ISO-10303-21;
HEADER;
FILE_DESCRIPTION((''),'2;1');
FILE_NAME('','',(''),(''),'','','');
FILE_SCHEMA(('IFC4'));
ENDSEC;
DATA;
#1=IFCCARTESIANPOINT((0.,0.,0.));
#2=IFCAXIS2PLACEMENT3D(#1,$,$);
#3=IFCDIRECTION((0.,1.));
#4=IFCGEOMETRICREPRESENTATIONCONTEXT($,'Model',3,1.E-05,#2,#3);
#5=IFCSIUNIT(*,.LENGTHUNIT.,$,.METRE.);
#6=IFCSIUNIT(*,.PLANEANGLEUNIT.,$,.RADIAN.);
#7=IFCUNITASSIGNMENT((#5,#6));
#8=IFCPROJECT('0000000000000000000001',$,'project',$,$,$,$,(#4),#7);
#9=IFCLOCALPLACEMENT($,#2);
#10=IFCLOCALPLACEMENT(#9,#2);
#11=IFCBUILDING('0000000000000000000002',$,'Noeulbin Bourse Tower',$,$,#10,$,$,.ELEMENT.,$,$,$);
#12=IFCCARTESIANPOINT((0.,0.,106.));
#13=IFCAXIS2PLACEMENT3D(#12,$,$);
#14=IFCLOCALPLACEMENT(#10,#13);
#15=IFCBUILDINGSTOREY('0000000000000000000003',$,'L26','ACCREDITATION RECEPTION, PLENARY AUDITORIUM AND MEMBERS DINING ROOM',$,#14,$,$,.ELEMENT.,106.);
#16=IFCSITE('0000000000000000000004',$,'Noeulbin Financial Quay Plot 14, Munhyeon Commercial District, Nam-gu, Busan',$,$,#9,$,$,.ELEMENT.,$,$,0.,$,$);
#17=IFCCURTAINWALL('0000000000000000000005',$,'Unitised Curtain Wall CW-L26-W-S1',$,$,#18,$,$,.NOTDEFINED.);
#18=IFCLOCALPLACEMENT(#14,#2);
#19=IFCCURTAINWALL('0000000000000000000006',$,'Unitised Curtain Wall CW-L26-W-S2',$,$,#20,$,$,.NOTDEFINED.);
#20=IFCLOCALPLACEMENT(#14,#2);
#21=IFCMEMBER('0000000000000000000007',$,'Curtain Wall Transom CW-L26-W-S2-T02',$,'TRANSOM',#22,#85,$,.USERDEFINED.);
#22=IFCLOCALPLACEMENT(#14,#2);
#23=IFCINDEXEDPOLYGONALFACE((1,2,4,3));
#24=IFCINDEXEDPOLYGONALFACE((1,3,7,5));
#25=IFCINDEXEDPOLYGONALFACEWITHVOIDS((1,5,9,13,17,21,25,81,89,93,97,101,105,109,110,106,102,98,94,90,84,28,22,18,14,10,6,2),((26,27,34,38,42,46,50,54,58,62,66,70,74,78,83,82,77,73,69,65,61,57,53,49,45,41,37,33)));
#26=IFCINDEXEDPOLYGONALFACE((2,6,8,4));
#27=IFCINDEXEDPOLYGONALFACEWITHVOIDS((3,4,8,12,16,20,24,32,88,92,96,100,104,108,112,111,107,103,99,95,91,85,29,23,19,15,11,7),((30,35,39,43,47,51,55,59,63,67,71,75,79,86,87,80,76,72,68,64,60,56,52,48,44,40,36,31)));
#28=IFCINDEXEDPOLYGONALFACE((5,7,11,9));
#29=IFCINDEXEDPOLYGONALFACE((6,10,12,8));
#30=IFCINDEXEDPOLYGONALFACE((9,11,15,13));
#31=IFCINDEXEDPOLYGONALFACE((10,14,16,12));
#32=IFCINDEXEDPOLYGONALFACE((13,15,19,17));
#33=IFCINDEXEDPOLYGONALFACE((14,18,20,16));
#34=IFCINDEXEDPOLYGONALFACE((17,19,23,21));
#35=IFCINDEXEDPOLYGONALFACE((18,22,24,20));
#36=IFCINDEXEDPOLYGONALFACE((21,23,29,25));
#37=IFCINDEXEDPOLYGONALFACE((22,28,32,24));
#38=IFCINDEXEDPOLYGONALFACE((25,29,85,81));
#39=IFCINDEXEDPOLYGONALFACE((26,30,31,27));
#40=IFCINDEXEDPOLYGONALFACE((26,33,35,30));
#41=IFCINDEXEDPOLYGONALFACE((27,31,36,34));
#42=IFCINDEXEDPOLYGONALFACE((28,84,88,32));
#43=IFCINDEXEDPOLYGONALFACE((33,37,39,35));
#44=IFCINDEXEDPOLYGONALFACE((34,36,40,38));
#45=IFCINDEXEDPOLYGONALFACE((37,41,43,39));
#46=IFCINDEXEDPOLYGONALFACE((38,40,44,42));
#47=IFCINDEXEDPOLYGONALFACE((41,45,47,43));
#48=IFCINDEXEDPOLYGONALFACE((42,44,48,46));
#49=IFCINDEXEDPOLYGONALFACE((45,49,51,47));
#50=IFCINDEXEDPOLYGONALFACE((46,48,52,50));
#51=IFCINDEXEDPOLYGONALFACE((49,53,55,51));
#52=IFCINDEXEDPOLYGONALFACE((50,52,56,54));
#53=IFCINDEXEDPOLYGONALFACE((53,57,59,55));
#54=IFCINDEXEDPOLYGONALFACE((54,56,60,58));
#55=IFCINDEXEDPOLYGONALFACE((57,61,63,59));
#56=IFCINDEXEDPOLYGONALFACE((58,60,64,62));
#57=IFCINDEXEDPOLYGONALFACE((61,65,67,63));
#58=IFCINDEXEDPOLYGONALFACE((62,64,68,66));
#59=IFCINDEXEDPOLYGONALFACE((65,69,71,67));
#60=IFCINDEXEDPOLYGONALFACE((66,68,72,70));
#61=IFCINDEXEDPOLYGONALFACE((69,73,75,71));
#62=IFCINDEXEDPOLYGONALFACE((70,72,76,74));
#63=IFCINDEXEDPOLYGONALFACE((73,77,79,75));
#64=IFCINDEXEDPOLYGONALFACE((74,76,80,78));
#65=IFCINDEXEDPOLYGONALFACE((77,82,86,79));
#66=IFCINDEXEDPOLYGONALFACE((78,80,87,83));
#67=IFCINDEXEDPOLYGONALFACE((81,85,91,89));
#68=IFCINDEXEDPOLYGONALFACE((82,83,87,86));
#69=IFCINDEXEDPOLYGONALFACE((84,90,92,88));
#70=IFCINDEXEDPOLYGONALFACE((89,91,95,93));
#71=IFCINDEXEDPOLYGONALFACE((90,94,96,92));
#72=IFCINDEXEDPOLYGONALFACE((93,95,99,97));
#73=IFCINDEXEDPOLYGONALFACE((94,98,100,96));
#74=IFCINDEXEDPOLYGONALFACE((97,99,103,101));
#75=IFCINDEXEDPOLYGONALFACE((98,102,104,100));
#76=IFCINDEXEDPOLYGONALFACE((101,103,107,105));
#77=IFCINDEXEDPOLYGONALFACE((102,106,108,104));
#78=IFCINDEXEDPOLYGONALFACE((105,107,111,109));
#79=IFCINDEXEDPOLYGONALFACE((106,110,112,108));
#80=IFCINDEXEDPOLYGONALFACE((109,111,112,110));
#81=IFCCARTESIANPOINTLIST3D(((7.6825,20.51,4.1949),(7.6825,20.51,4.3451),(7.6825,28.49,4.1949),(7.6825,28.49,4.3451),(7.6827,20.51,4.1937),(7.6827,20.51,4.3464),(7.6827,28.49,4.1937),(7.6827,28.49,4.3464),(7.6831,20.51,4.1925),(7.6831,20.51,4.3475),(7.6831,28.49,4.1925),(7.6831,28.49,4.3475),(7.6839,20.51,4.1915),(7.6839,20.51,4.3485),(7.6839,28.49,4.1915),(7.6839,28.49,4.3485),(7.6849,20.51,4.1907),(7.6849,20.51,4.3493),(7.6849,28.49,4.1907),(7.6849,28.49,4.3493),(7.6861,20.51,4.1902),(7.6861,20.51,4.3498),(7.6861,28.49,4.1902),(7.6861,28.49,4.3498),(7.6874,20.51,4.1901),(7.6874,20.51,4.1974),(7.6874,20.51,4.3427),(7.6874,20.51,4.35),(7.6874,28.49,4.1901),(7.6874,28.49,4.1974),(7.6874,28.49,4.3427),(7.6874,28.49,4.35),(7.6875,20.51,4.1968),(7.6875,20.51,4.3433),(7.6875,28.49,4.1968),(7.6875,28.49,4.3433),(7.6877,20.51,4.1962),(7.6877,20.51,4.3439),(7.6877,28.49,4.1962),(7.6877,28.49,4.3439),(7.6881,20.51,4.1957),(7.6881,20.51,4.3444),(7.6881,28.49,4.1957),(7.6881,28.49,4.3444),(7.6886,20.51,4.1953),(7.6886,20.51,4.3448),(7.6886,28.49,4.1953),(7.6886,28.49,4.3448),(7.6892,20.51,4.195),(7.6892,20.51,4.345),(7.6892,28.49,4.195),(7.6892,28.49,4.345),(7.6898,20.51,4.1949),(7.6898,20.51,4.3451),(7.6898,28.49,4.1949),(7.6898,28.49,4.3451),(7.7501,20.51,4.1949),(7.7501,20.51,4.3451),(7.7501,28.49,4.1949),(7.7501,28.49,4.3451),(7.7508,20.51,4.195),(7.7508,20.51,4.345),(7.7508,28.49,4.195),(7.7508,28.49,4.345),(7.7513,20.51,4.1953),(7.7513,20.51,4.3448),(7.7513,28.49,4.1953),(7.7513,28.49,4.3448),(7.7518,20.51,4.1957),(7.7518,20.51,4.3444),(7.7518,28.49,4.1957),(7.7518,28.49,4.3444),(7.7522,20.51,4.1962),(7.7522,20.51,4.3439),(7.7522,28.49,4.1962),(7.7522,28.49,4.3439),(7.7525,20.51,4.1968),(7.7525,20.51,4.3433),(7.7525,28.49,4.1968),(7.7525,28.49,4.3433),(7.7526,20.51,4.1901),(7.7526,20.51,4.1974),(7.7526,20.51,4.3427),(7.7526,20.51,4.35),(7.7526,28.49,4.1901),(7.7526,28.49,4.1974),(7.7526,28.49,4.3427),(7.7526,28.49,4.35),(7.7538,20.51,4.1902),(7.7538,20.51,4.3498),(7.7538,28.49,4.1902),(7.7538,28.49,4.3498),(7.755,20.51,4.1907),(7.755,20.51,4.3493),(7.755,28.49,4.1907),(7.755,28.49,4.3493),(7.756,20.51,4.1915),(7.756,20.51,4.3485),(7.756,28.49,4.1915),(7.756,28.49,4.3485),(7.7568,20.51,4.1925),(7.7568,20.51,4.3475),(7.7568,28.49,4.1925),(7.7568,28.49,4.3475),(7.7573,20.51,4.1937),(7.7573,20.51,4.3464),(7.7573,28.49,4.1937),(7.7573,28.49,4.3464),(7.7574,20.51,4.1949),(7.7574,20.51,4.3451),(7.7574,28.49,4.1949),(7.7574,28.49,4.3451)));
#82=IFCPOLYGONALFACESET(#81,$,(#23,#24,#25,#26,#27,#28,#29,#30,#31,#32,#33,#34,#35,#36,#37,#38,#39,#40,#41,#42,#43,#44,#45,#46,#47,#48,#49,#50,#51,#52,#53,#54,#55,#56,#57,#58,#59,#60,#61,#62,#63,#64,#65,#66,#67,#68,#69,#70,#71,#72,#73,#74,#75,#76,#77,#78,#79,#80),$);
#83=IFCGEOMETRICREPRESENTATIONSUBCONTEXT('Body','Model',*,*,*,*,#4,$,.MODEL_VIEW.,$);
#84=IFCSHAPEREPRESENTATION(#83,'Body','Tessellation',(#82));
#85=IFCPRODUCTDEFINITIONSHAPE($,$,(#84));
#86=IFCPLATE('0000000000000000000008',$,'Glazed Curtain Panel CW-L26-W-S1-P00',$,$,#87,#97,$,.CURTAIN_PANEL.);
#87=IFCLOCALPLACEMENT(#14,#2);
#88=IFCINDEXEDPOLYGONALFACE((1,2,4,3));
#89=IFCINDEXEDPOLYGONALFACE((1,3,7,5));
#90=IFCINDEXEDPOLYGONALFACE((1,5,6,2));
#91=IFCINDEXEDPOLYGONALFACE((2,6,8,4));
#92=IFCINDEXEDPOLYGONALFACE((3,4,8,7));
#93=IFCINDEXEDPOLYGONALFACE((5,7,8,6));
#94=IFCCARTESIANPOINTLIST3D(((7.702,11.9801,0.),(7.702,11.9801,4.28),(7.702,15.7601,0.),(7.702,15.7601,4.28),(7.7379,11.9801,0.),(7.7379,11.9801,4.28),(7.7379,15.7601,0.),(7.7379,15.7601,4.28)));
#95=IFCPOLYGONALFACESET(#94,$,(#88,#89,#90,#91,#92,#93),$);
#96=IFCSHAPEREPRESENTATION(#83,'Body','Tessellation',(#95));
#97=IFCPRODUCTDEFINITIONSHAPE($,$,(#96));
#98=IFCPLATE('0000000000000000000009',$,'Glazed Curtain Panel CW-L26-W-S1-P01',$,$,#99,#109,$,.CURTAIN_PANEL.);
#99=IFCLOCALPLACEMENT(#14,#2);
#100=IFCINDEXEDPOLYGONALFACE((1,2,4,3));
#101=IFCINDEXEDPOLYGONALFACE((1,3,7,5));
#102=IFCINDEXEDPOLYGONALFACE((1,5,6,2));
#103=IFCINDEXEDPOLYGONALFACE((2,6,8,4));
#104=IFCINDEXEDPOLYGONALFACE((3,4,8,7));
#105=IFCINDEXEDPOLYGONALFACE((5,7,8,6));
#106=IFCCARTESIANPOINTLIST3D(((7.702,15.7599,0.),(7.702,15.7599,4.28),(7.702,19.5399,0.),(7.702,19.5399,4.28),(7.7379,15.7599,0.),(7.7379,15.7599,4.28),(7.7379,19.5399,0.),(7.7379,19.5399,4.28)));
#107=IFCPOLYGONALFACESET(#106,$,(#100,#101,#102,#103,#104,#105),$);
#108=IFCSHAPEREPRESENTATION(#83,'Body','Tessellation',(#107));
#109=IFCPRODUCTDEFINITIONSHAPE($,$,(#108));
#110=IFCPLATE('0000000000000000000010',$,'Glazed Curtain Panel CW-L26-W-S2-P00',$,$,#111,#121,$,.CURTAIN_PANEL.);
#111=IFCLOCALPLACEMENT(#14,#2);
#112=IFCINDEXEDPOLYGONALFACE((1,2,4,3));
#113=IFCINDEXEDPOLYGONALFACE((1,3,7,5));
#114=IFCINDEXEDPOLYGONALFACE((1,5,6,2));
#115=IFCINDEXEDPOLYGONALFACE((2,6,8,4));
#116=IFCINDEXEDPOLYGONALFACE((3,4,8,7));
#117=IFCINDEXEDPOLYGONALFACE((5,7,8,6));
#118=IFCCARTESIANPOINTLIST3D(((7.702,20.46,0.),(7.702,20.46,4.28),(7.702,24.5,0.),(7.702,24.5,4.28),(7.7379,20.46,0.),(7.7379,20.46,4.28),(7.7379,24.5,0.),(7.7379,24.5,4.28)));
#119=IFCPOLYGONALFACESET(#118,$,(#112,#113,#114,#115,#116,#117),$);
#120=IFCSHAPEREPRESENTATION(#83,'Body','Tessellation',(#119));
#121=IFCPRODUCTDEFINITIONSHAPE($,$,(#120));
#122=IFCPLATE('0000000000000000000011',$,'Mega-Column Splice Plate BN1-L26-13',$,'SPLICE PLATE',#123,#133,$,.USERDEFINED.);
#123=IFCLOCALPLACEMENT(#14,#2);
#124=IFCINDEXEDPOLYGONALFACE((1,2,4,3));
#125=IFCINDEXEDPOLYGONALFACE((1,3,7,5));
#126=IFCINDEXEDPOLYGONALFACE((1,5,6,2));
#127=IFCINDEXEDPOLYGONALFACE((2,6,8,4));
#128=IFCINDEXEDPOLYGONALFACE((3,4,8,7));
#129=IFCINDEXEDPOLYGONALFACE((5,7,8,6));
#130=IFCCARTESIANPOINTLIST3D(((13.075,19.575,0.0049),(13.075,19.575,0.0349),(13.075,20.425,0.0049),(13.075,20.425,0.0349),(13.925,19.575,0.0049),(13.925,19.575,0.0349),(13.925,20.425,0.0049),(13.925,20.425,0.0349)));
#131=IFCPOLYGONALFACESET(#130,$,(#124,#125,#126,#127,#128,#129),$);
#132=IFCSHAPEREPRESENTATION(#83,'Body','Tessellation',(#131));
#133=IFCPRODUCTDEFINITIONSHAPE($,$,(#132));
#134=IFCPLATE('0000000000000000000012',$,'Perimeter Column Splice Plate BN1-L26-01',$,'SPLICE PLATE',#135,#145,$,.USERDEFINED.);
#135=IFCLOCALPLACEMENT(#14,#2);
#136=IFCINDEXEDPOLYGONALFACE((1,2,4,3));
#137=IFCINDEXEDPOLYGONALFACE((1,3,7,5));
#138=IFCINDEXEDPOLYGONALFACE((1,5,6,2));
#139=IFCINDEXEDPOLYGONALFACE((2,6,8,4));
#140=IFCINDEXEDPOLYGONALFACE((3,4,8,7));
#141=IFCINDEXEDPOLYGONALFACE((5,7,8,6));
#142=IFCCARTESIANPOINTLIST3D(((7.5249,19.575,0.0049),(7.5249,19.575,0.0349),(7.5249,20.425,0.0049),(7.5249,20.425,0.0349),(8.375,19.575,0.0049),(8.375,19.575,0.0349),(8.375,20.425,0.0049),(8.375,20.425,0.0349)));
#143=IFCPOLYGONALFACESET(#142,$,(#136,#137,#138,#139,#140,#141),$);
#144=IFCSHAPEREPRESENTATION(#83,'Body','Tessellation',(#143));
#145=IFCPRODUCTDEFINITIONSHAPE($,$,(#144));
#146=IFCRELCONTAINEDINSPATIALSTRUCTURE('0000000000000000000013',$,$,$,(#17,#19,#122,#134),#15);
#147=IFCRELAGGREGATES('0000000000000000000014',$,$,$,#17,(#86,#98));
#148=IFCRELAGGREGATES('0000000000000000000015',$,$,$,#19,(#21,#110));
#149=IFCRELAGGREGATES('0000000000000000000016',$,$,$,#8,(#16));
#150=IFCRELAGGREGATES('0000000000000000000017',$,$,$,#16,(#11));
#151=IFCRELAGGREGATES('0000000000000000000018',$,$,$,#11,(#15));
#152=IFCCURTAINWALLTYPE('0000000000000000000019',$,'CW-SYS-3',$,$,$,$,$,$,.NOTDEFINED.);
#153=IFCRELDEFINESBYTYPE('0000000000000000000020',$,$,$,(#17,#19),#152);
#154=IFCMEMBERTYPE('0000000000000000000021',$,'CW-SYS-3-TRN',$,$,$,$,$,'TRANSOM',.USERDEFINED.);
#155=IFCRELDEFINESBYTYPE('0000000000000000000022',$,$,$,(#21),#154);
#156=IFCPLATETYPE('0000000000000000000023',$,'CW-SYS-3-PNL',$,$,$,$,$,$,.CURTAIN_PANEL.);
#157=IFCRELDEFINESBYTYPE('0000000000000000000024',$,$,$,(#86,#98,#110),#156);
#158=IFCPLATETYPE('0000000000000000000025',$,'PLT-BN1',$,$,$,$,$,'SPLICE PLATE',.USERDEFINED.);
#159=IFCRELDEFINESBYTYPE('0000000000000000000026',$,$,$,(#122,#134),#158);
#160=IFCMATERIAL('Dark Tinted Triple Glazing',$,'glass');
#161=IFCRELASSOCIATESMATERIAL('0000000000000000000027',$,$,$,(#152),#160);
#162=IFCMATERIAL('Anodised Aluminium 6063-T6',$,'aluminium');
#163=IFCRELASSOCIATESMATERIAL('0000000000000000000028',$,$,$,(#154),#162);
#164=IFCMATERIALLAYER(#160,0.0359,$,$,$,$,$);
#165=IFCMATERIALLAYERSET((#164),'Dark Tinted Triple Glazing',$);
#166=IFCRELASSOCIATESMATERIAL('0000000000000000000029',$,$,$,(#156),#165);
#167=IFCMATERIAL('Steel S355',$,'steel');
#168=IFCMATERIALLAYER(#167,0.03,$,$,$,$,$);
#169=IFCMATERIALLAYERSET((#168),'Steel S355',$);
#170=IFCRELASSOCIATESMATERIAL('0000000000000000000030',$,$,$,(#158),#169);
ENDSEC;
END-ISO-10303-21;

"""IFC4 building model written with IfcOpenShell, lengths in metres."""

from ifc_helpers import new_model, si_unit, direction, frame, origin, origin_2d, place, context, subcontext, project, spatial, rectangle, hollow_rectangle, extrude, material, layer, layer_set, material_profile, profile_set, type_object, element, aggregate, save


model = new_model("IFC4")

# Units and contexts
model_context = context("Model", 3, precision=1e-05, world=origin(), true_north=direction((0.0, 1.0)))
body_context = subcontext(model_context, "Body", "Model", "MODEL_VIEW")
ifc_project = project(units=[si_unit("LENGTHUNIT", "METRE"), si_unit("PLANEANGLEUNIT", "RADIAN")], contexts=[model_context])

# Site, building, storey
site_placement = place(None, origin())
site = spatial("IfcSite", under=ifc_project, at=site_placement, Name="Noeulbin Financial Quay Plot 14, Munhyeon Commercial District, Nam-gu, Busan", CompositionType="ELEMENT", RefElevation=0.0)
building_placement = place(site_placement, origin())
building = spatial("IfcBuilding", under=site, at=building_placement, Name="Noeulbin Bourse Tower", CompositionType="ELEMENT")
storey_placement = place(building_placement, frame((0.0, 0.0, 106.0)))
storey = spatial("IfcBuildingStorey", under=building, at=storey_placement, Name="L26", Description="ACCREDITATION RECEPTION, PLENARY AUDITORIUM AND MEMBERS DINING ROOM", CompositionType="ELEMENT", Elevation=106.0)

# Shared definitions
ifc_material_1 = material(Name="Steel S355", Category="steel")

# Curtain walls
ifc_material_2 = material(Name="Dark Tinted Triple Glazing", Category="glass")
curtain_wall_type = type_object("IfcCurtainWallType", Name="CW-SYS-3", PredefinedType="NOTDEFINED", material=ifc_material_2)
curtain_wall_1_placement = place(storey_placement, origin())
curtain_wall_1 = element("IfcCurtainWall", 1, at=curtain_wall_1_placement, inside=storey, type_object=curtain_wall_type, Name="Unitised Curtain Wall CW-L26-W-S1", PredefinedType="NOTDEFINED")
ifc_material_3 = material(Name="Anodised Aluminium 6063-T6", Category="aluminium")
curtain_wall_2_placement = place(storey_placement, origin())
curtain_wall_2 = element("IfcCurtainWall", 2, at=curtain_wall_2_placement, inside=storey, type_object=curtain_wall_type, Name="Unitised Curtain Wall CW-L26-W-S2", PredefinedType="NOTDEFINED")

# Member
ifc_material_profile_1 = material_profile(ifc_material_3, hollow_rectangle(XDim=0.075, YDim=0.1599, WallThickness=0.0049, InnerFilletRadius=0.0024, OuterFilletRadius=0.0049, at=origin_2d()), Name="ALU-TRAN-75x160x5", Category="LoadBearing")
ifc_profile_set_1 = profile_set([ifc_material_profile_1], Name="Anodised Aluminium 6063-T6")
member_type_1 = type_object("IfcMemberType", Name="CW-SYS-3-TRN", ElementType="TRANSOM", PredefinedType="USERDEFINED", material=ifc_profile_set_1)
member_1_placement = place(storey_placement, frame((7.72, 20.51, 4.27), z_axis=(0.0, 1.0, 0.0), x_axis=(-1.0, 0.0, 0.0)))
member_1 = element("IfcMember", 3, at=member_1_placement, type_object=member_type_1, Name="Curtain Wall Transom CW-L26-W-S2-T02", ObjectType="TRANSOM", PredefinedType="USERDEFINED", context=body_context, shape_type="SweptSolid", body=[
    extrude(hollow_rectangle(XDim=0.075, YDim=0.1599, WallThickness=0.0049, InnerFilletRadius=0.0024, OuterFilletRadius=0.0049, at=origin_2d()), origin(), (0.0, 0.0, 1.0), 7.98),
])

# Plates
ifc_layer_1 = layer(ifc_material_2, 0.0359)
ifc_layer_set_1 = layer_set([ifc_layer_1], Name="Dark Tinted Triple Glazing")
plate_type_1 = type_object("IfcPlateType", Name="CW-SYS-3-PNL", PredefinedType="CURTAIN_PANEL", material=ifc_layer_set_1)
plate_1_placement = place(storey_placement, frame((7.72, 13.8701, 0.0), z_axis=(0.0, 0.0, 1.0), x_axis=(0.0, 1.0, 0.0)))
plate_1 = element("IfcPlate", 4, at=plate_1_placement, type_object=plate_type_1, Name="Glazed Curtain Panel CW-L26-W-S1-P00", PredefinedType="CURTAIN_PANEL", context=body_context, shape_type="SweptSolid", body=[
    extrude(rectangle(XDim=3.78, YDim=0.0359, at=origin_2d()), origin(), (0.0, 0.0, 1.0), 4.28),
])
plate_2_placement = place(storey_placement, frame((7.72, 17.6499, 0.0), z_axis=(0.0, 0.0, 1.0), x_axis=(0.0, 1.0, 0.0)))
plate_2 = element("IfcPlate", 5, at=plate_2_placement, type_object=plate_type_1, Name="Glazed Curtain Panel CW-L26-W-S1-P01", PredefinedType="CURTAIN_PANEL", context=body_context, shape_type="SweptSolid", body=[
    extrude(rectangle(XDim=3.78, YDim=0.0359, at=origin_2d()), origin(), (0.0, 0.0, 1.0), 4.28),
])
aggregate(curtain_wall_1, [plate_1, plate_2])
plate_3_placement = place(storey_placement, frame((7.72, 22.48, 0.0), z_axis=(0.0, 0.0, 1.0), x_axis=(0.0, 1.0, 0.0)))
plate_3 = element("IfcPlate", 6, at=plate_3_placement, type_object=plate_type_1, Name="Glazed Curtain Panel CW-L26-W-S2-P00", PredefinedType="CURTAIN_PANEL", context=body_context, shape_type="SweptSolid", body=[
    extrude(rectangle(XDim=4.04, YDim=0.0359, at=origin_2d()), origin(), (0.0, 0.0, 1.0), 4.28),
])
aggregate(curtain_wall_2, [member_1, plate_3])

# Plates
ifc_layer_2 = layer(ifc_material_1, 0.03)
ifc_layer_set_2 = layer_set([ifc_layer_2], Name="Steel S355")
plate_type_2 = type_object("IfcPlateType", Name="PLT-BN1", ElementType="SPLICE PLATE", PredefinedType="USERDEFINED", material=ifc_layer_set_2)
for number, where, z_axis, x_axis, name in (
    (7, (13.5, 20.0, 0.0049), (0.0, 0.0, 1.0), (1.0, 0.0, 0.0), "Mega-Column Splice Plate BN1-L26-13"),
    (8, (7.95, 20.0, 0.0049), (0.0, 0.0, 1.0), (1.0, 0.0, 0.0), "Perimeter Column Splice Plate BN1-L26-01"),
):
    element("IfcPlate", number, at=place(storey_placement, frame(where, z_axis=z_axis, x_axis=x_axis)), inside=storey, type_object=plate_type_2, Name=name, ObjectType="SPLICE PLATE", PredefinedType="USERDEFINED", context=body_context, shape_type="SweptSolid", body=[
        extrude(rectangle(XDim=0.8501, YDim=0.8501, at=origin_2d()), origin(), (0.0, 0.0, 1.0), 0.03),
    ])

save(model, "model.ifc")
